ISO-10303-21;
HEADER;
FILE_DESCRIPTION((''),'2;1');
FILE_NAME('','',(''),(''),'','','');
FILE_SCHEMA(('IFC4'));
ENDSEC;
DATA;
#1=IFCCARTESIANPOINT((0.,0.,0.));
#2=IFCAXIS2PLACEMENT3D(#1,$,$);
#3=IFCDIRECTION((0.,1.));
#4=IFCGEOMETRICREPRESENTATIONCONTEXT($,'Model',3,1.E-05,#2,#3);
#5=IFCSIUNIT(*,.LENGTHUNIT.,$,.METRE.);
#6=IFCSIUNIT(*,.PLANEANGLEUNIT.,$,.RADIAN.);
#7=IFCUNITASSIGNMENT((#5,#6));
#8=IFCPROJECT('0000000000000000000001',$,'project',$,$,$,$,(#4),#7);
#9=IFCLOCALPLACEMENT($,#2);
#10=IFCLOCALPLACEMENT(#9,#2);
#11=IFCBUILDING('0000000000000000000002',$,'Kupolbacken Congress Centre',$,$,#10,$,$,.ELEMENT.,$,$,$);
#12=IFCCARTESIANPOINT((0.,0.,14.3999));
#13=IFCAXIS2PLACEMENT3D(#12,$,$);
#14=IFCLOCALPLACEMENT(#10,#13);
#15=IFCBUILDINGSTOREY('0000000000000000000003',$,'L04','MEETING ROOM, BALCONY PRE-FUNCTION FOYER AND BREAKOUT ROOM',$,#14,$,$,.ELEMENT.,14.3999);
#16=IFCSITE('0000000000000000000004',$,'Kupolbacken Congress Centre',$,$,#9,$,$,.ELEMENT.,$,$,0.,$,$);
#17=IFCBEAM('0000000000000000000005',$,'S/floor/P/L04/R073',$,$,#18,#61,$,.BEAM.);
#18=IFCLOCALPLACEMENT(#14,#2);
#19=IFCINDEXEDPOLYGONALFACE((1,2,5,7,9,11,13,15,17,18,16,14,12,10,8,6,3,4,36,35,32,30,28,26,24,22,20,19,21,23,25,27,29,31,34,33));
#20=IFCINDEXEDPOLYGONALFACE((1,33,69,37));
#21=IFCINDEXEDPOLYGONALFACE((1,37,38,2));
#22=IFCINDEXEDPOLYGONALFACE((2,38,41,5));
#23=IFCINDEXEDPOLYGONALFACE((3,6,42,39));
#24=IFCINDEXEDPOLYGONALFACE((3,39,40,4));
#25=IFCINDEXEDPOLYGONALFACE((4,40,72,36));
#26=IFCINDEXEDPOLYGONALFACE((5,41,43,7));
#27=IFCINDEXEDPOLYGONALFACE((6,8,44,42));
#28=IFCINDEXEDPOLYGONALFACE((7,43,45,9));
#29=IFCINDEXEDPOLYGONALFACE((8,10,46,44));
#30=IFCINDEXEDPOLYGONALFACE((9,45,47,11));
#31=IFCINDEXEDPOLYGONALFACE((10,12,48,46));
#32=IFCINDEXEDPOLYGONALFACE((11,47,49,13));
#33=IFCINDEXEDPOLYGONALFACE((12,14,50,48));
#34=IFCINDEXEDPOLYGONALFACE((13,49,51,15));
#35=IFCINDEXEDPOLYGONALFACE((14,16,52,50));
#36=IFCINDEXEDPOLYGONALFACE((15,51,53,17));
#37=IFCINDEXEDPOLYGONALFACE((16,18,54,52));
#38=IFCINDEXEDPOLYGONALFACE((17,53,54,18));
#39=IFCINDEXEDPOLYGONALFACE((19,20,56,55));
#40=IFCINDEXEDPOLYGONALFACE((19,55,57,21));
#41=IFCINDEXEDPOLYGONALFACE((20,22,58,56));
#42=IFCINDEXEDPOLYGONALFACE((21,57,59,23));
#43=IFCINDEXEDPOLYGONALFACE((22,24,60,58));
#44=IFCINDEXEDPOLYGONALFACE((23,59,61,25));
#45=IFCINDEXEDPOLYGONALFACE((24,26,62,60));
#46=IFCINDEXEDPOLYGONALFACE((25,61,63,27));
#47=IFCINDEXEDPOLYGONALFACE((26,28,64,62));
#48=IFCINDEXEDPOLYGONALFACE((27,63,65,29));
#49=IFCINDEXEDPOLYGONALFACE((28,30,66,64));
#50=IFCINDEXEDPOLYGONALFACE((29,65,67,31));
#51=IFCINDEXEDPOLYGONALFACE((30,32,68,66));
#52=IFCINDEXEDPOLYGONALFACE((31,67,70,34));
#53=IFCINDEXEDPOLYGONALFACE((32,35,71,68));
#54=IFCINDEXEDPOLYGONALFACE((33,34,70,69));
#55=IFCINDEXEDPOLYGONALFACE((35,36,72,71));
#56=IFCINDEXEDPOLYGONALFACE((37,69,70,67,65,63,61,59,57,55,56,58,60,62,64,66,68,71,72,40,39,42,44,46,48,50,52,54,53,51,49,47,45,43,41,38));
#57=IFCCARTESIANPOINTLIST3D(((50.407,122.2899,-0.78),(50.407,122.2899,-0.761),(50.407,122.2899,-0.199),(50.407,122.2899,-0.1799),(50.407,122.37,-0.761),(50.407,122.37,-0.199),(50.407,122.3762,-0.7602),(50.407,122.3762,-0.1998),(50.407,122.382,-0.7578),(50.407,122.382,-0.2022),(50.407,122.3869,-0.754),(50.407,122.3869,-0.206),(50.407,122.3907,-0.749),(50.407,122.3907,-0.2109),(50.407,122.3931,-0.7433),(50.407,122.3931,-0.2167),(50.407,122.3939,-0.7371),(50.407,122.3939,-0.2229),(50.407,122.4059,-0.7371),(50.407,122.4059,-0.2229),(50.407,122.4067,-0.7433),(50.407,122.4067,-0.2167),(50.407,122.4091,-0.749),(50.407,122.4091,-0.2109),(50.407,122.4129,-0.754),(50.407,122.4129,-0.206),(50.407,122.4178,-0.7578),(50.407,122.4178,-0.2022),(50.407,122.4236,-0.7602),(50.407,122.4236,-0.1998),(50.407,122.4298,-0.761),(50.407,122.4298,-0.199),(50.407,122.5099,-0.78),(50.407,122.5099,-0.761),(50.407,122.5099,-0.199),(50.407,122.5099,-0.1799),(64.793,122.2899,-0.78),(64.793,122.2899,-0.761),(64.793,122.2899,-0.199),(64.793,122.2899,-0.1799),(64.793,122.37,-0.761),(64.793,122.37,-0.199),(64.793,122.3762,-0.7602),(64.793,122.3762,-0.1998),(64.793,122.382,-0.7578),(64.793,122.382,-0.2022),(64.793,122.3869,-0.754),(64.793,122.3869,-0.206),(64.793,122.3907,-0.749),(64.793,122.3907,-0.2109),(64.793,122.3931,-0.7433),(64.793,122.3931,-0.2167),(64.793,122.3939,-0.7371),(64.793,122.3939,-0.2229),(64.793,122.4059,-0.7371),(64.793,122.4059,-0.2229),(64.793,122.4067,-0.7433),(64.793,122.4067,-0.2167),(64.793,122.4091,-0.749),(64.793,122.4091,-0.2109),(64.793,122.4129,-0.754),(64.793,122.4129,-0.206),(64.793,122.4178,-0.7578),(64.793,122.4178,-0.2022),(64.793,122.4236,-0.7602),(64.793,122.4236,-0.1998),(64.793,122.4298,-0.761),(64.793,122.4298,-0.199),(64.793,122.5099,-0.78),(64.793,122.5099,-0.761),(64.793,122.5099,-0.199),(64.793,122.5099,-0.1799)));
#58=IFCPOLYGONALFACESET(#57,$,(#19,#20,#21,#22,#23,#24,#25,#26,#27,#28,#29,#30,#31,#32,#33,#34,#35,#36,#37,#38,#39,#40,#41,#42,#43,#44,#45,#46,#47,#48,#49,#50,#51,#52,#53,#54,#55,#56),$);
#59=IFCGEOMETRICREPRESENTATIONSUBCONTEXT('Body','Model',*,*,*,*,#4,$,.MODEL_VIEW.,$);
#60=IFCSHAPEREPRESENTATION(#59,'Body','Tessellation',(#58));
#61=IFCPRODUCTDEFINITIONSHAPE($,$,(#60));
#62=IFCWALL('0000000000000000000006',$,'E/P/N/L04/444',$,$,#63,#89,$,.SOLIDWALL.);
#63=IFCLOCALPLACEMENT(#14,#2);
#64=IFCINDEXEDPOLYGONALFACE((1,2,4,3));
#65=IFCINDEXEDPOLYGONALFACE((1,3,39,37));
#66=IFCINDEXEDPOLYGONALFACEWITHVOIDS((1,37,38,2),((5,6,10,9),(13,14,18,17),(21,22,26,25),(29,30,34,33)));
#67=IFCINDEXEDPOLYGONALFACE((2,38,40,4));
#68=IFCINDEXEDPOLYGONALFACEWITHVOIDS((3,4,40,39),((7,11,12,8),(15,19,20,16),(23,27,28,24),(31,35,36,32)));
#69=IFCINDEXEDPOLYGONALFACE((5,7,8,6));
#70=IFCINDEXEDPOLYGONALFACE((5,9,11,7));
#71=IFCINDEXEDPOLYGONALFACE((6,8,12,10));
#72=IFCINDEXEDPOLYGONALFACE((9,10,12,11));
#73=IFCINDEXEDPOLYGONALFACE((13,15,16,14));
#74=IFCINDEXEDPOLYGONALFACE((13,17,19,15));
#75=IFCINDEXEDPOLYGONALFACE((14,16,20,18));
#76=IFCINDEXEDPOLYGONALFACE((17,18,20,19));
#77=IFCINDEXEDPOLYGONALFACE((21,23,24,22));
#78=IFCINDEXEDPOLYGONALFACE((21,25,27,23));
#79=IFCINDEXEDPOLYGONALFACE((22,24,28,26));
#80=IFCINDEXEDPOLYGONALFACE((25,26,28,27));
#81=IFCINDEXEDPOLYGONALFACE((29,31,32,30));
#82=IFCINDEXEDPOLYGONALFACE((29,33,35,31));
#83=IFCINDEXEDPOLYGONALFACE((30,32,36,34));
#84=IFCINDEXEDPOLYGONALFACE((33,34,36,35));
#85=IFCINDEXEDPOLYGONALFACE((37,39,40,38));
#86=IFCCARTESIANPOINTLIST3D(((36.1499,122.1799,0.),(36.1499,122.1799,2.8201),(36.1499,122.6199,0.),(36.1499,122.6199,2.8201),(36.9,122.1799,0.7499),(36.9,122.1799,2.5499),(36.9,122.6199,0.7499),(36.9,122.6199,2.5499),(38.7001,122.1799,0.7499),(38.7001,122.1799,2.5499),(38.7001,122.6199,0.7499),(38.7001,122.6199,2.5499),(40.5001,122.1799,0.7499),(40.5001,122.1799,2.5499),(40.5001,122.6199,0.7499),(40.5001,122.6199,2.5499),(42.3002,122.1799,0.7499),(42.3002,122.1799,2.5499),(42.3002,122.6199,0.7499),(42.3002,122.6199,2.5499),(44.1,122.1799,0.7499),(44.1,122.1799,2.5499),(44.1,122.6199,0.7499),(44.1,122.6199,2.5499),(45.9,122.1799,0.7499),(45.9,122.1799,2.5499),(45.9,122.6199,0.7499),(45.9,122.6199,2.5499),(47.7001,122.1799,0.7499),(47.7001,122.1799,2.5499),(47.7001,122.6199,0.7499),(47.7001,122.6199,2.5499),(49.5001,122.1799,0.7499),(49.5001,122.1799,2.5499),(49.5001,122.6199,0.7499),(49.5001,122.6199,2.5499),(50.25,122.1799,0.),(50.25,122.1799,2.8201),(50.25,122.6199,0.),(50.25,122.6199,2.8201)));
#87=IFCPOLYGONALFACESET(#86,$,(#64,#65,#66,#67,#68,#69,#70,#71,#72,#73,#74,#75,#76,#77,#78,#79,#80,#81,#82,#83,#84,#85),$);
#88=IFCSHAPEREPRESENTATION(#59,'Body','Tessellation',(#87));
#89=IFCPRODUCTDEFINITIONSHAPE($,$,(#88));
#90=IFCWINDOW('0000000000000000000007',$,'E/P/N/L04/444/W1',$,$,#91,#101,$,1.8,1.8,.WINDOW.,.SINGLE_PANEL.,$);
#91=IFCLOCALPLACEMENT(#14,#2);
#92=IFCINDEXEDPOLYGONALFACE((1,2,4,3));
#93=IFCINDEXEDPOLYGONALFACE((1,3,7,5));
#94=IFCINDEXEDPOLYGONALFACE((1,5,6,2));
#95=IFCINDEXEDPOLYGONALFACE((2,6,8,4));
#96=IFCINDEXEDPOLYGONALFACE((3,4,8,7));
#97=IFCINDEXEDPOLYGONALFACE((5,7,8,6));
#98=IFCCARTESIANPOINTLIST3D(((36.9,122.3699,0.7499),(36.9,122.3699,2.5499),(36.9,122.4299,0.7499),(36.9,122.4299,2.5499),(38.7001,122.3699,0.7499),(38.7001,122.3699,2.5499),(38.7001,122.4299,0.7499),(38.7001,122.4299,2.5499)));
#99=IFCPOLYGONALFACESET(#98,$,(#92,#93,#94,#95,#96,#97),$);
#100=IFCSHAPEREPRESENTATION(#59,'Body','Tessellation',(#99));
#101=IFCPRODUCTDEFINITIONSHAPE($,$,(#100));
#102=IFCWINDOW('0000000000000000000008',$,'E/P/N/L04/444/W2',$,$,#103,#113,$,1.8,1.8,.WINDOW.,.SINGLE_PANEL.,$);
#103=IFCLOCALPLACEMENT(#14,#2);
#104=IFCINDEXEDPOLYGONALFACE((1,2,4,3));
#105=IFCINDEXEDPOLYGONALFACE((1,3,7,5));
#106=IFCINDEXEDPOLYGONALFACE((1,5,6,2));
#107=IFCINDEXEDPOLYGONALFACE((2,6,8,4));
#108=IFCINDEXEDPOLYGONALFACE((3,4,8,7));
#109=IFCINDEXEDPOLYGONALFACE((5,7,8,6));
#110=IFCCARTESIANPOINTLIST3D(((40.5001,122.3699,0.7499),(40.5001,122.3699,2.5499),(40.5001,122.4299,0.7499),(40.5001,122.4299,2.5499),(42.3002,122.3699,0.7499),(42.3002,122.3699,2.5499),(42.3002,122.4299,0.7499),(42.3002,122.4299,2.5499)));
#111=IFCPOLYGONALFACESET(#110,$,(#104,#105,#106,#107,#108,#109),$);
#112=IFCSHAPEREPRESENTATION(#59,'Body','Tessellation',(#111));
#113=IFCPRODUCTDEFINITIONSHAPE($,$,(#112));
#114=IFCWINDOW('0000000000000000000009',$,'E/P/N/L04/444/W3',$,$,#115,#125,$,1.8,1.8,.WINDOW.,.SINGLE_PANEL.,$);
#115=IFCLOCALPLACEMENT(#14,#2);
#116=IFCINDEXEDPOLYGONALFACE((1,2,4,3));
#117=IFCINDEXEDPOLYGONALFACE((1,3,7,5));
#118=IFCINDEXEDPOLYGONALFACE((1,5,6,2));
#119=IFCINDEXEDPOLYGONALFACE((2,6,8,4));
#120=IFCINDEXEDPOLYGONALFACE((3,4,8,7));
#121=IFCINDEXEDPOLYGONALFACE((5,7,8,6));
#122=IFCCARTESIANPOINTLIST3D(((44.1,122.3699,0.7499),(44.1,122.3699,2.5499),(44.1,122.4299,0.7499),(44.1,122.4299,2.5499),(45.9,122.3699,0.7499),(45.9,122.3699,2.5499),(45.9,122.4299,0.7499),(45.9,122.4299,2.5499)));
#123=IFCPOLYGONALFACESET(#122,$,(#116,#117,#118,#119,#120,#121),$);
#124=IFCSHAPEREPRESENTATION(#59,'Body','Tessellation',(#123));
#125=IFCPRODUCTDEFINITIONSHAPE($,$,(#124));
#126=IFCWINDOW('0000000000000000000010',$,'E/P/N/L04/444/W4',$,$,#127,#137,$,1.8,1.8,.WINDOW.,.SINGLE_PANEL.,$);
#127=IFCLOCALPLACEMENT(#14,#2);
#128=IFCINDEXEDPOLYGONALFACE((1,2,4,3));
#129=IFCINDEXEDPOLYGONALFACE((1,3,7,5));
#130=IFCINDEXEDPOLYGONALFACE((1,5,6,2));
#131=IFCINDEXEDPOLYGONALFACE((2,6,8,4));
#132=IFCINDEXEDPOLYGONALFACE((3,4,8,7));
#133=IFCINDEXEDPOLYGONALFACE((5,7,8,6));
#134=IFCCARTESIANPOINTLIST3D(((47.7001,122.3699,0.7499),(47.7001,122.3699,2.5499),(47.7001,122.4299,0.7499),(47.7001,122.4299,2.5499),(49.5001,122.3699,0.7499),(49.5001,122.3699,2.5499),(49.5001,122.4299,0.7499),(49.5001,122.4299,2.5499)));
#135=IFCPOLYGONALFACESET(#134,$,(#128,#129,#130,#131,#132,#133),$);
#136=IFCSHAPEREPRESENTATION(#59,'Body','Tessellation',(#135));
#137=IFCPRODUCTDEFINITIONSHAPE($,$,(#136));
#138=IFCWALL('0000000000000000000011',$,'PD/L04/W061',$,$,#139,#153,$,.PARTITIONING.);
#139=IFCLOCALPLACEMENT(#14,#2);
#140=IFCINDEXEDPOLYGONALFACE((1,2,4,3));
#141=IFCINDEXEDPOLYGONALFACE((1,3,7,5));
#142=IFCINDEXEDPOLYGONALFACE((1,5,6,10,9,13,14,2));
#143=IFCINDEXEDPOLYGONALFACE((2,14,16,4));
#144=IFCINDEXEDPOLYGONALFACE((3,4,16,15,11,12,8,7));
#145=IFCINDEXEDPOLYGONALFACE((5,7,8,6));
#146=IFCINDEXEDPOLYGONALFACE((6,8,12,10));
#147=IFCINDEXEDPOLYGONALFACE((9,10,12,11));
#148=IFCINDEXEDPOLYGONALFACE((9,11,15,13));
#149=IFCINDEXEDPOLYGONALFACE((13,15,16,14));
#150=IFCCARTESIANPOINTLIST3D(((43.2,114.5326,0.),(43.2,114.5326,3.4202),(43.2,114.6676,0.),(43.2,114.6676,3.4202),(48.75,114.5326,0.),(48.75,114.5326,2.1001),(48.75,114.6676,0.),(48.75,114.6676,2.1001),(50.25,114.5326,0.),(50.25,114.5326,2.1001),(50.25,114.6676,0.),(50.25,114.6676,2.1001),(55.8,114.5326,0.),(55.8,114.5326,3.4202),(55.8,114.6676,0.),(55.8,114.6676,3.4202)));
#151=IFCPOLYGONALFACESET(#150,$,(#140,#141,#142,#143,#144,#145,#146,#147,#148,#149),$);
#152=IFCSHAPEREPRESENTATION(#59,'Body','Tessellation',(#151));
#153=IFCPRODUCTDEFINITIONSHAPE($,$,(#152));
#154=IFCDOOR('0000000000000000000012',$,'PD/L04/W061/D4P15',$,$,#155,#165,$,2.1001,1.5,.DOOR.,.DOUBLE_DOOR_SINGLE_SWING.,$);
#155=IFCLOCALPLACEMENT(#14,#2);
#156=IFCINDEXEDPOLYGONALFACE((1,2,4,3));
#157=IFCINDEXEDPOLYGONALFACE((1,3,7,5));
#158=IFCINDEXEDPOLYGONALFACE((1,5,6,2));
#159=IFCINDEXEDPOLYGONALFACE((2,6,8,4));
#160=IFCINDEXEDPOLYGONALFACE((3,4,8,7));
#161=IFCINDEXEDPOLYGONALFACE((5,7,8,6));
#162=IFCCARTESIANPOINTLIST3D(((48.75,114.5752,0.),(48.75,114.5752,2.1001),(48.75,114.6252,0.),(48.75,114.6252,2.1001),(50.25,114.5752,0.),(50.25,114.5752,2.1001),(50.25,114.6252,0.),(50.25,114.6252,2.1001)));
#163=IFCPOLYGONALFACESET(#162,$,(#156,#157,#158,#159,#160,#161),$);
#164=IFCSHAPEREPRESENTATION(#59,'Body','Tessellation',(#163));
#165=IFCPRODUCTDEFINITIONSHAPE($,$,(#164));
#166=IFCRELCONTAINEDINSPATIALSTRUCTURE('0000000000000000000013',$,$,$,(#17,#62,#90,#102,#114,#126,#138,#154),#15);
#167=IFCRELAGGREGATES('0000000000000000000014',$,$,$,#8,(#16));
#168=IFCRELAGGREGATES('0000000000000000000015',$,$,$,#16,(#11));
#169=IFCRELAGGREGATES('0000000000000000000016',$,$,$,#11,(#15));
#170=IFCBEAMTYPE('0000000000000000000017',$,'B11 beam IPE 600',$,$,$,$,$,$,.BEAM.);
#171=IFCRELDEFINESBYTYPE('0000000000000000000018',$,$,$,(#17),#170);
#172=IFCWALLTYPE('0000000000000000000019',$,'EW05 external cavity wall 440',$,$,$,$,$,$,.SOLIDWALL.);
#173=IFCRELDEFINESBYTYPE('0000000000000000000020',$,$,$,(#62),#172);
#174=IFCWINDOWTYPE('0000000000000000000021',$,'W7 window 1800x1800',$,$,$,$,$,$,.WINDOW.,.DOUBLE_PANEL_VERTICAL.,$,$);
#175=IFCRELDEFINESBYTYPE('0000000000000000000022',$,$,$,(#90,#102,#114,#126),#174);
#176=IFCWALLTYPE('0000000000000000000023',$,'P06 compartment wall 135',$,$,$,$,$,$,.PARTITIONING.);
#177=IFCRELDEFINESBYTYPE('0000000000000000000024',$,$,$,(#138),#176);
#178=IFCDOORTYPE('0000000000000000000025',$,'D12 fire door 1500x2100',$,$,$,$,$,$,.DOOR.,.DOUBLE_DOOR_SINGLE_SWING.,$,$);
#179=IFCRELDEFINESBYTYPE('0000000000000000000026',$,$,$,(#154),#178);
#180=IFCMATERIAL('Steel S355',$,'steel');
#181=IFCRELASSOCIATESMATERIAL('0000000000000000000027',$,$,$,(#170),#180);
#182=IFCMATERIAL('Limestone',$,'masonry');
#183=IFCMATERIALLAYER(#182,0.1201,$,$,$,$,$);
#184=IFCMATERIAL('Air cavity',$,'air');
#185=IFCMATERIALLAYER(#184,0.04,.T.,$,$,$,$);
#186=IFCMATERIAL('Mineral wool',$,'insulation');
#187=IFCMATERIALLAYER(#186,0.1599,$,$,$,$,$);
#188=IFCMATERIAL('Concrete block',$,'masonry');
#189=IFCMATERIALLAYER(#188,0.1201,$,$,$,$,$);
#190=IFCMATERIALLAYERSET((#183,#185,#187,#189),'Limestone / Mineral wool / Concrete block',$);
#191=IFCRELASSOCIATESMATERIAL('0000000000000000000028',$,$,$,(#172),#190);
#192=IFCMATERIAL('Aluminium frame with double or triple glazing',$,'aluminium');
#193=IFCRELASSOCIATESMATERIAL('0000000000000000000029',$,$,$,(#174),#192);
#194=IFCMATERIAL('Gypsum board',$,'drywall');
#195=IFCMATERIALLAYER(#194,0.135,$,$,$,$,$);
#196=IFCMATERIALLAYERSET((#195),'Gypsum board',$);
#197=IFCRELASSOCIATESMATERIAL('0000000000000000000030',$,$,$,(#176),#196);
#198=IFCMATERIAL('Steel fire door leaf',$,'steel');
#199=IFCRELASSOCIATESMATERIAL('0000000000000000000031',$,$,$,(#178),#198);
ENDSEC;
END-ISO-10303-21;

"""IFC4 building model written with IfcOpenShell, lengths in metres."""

from ifc_helpers import new_model, si_unit, direction, frame, frame_2d, origin, origin_2d, place, context, subcontext, project, spatial, rectangle, i_section, extrude, material, layer, layer_set, material_profile, profile_set, type_object, element, fill, save


model = new_model("IFC4")

# Units and contexts
model_context = context("Model", 3, precision=1e-05, world=origin(), true_north=direction((0.0, 1.0)))
body_context = subcontext(model_context, "Body", "Model", "MODEL_VIEW")
ifc_project = project(units=[si_unit("LENGTHUNIT", "METRE"), si_unit("PLANEANGLEUNIT", "RADIAN")], contexts=[model_context])

# Site, building, storey
site_placement = place(None, origin())
site = spatial("IfcSite", under=ifc_project, at=site_placement, Name="Kupolbacken Congress Centre", CompositionType="ELEMENT", RefElevation=0.0)
building_placement = place(site_placement, origin())
building = spatial("IfcBuilding", under=site, at=building_placement, Name="Kupolbacken Congress Centre", CompositionType="ELEMENT")
storey_placement = place(building_placement, frame((0.0, 0.0, 14.3999)))
storey = spatial("IfcBuildingStorey", under=building, at=storey_placement, Name="L04", Description="MEETING ROOM, BALCONY PRE-FUNCTION FOYER AND BREAKOUT ROOM", CompositionType="ELEMENT", Elevation=14.3999)

# Beam
ifc_material_1 = material(Name="Steel S355", Category="steel")
ifc_material_profile_1 = material_profile(ifc_material_1, i_section(OverallWidth=0.22, OverallDepth=0.6001, WebThickness=0.012, FlangeThickness=0.019, FilletRadius=0.0239, at=origin_2d()), Name="IPE 600")
ifc_profile_set_1 = profile_set([ifc_material_profile_1], Name="Steel S355")
beam_type_1 = type_object("IfcBeamType", Name="B11 beam IPE 600", PredefinedType="BEAM", material=ifc_profile_set_1)
beam_1_placement = place(storey_placement, frame((50.407, 122.3999, -0.48), z_axis=(1.0, 0.0, 0.0), x_axis=(0.0, 1.0, 0.0)))
element("IfcBeam", 1, at=beam_1_placement, inside=storey, type_object=beam_type_1, Name="S/floor/P/L04/R073", PredefinedType="BEAM", context=body_context, shape_type="SweptSolid", body=[
    extrude(i_section(OverallWidth=0.22, OverallDepth=0.6001, WebThickness=0.012, FlangeThickness=0.019, FilletRadius=0.0239, at=origin_2d()), origin(), (0.0, 0.0, 1.0), 14.386),
])

# Wall, openings, windows
ifc_material_2 = material(Name="Limestone", Category="masonry")
ifc_layer_1 = layer(ifc_material_2, 0.1201)
ifc_material_3 = material(Name="Air cavity", Category="air")
ifc_layer_2 = layer(ifc_material_3, 0.04, ventilated=True)
ifc_material_4 = material(Name="Mineral wool", Category="insulation")
ifc_layer_3 = layer(ifc_material_4, 0.1599)
ifc_material_5 = material(Name="Concrete block", Category="masonry")
ifc_layer_4 = layer(ifc_material_5, 0.1201)
ifc_layer_set_1 = layer_set([ifc_layer_1, ifc_layer_2, ifc_layer_3, ifc_layer_4], Name="Limestone / Mineral wool / Concrete block")
wall_type_1 = type_object("IfcWallType", Name="EW05 external cavity wall 440", PredefinedType="SOLIDWALL", material=ifc_layer_set_1)
wall_1_placement = place(storey_placement, frame((50.25, 122.3999, 0.0), z_axis=(0.0, 0.0, 1.0), x_axis=(-1.0, 0.0, 0.0)))
wall_1 = element("IfcWall", 2, at=wall_1_placement, inside=storey, type_object=wall_type_1, Name="E/P/N/L04/444", PredefinedType="SOLIDWALL", context=body_context, shape_type="SweptSolid", body=[
    extrude(rectangle(XDim=14.1001, YDim=0.4399, at=frame_2d((7.05, 0.0))), origin(), (0.0, 0.0, 1.0), 2.8201),
])
opening_1_placement = place(wall_1_placement, frame((11.55, 0.0, 0.75)))
opening_1 = element("IfcOpeningElement", 3, at=opening_1_placement, cuts=wall_1, PredefinedType="OPENING", context=body_context, shape_type="SweptSolid", body=[
    extrude(rectangle(XDim=1.8, YDim=1.8, at=frame_2d((0.8999, 0.8999))), frame((0.0, 0.23, 0.0), z_axis=(0.0, -1.0, 0.0), x_axis=(1.0, 0.0, 0.0)), (0.0, 0.0, 1.0), 0.46),
])
opening_2_placement = place(wall_1_placement, frame((7.95, 0.0, 0.75)))
opening_2 = element("IfcOpeningElement", 4, at=opening_2_placement, cuts=wall_1, PredefinedType="OPENING", context=body_context, shape_type="SweptSolid", body=[
    extrude(rectangle(XDim=1.8, YDim=1.8, at=frame_2d((0.8999, 0.8999))), frame((0.0, 0.23, 0.0), z_axis=(0.0, -1.0, 0.0), x_axis=(1.0, 0.0, 0.0)), (0.0, 0.0, 1.0), 0.46),
])
opening_3_placement = place(wall_1_placement, frame((4.3501, 0.0, 0.75)))
opening_3 = element("IfcOpeningElement", 5, at=opening_3_placement, cuts=wall_1, PredefinedType="OPENING", context=body_context, shape_type="SweptSolid", body=[
    extrude(rectangle(XDim=1.8, YDim=1.8, at=frame_2d((0.8999, 0.8999))), frame((0.0, 0.23, 0.0), z_axis=(0.0, -1.0, 0.0), x_axis=(1.0, 0.0, 0.0)), (0.0, 0.0, 1.0), 0.46),
])
opening_4_placement = place(wall_1_placement, frame((0.75, 0.0, 0.75)))
opening_4 = element("IfcOpeningElement", 6, at=opening_4_placement, cuts=wall_1, PredefinedType="OPENING", context=body_context, shape_type="SweptSolid", body=[
    extrude(rectangle(XDim=1.8, YDim=1.8, at=frame_2d((0.8999, 0.8999))), frame((0.0, 0.23, 0.0), z_axis=(0.0, -1.0, 0.0), x_axis=(1.0, 0.0, 0.0)), (0.0, 0.0, 1.0), 0.46),
])
ifc_material_6 = material(Name="Aluminium frame with double or triple glazing", Category="aluminium")
window_type = type_object("IfcWindowType", Name="W7 window 1800x1800", PartitioningType="DOUBLE_PANEL_VERTICAL", PredefinedType="WINDOW", material=ifc_material_6)
window_1_placement = place(opening_1_placement, origin())
window_1 = element("IfcWindow", 7, at=window_1_placement, inside=storey, type_object=window_type, Name="E/P/N/L04/444/W1", OverallHeight=1.8, OverallWidth=1.8, PartitioningType="SINGLE_PANEL", PredefinedType="WINDOW", context=body_context, shape_type="SweptSolid", body=[
    extrude(rectangle(XDim=1.8, YDim=1.8, at=frame_2d((0.8999, 0.8999))), frame((0.0, 0.03, 0.0), z_axis=(0.0, -1.0, 0.0), x_axis=(1.0, 0.0, 0.0)), (0.0, 0.0, 1.0), 0.0601),
])
fill(opening_1, window_1)
window_2_placement = place(opening_2_placement, origin())
window_2 = element("IfcWindow", 8, at=window_2_placement, inside=storey, type_object=window_type, Name="E/P/N/L04/444/W2", OverallHeight=1.8, OverallWidth=1.8, PartitioningType="SINGLE_PANEL", PredefinedType="WINDOW", context=body_context, shape_type="SweptSolid", body=[
    extrude(rectangle(XDim=1.8, YDim=1.8, at=frame_2d((0.8999, 0.8999))), frame((0.0, 0.03, 0.0), z_axis=(0.0, -1.0, 0.0), x_axis=(1.0, 0.0, 0.0)), (0.0, 0.0, 1.0), 0.0601),
])
fill(opening_2, window_2)
window_3_placement = place(opening_3_placement, origin())
window_3 = element("IfcWindow", 9, at=window_3_placement, inside=storey, type_object=window_type, Name="E/P/N/L04/444/W3", OverallHeight=1.8, OverallWidth=1.8, PartitioningType="SINGLE_PANEL", PredefinedType="WINDOW", context=body_context, shape_type="SweptSolid", body=[
    extrude(rectangle(XDim=1.8, YDim=1.8, at=frame_2d((0.8999, 0.8999))), frame((0.0, 0.03, 0.0), z_axis=(0.0, -1.0, 0.0), x_axis=(1.0, 0.0, 0.0)), (0.0, 0.0, 1.0), 0.0601),
])
fill(opening_3, window_3)
window_4_placement = place(opening_4_placement, origin())
window_4 = element("IfcWindow", 10, at=window_4_placement, inside=storey, type_object=window_type, Name="E/P/N/L04/444/W4", OverallHeight=1.8, OverallWidth=1.8, PartitioningType="SINGLE_PANEL", PredefinedType="WINDOW", context=body_context, shape_type="SweptSolid", body=[
    extrude(rectangle(XDim=1.8, YDim=1.8, at=frame_2d((0.8999, 0.8999))), frame((0.0, 0.03, 0.0), z_axis=(0.0, -1.0, 0.0), x_axis=(1.0, 0.0, 0.0)), (0.0, 0.0, 1.0), 0.0601),
])
fill(opening_4, window_4)

# Wall, opening, door
ifc_material_7 = material(Name="Gypsum board", Category="drywall")
ifc_layer_5 = layer(ifc_material_7, 0.135)
ifc_layer_set_2 = layer_set([ifc_layer_5], Name="Gypsum board")
wall_type_2 = type_object("IfcWallType", Name="P06 compartment wall 135", PredefinedType="PARTITIONING", material=ifc_layer_set_2)
wall_2_placement = place(storey_placement, frame((55.8, 114.6001, 0.0), z_axis=(0.0, 0.0, 1.0), x_axis=(-1.0, 0.0, 0.0)))
wall_2 = element("IfcWall", 11, at=wall_2_placement, inside=storey, type_object=wall_type_2, Name="PD/L04/W061", PredefinedType="PARTITIONING", context=body_context, shape_type="SweptSolid", body=[
    extrude(rectangle(XDim=12.6001, YDim=0.135, at=frame_2d((6.3, 0.0))), origin(), (0.0, 0.0, 1.0), 3.4202),
])
opening_5_placement = place(wall_2_placement, frame((5.55, 0.0, 0.0)))
opening_5 = element("IfcOpeningElement", 12, at=opening_5_placement, cuts=wall_2, PredefinedType="OPENING", context=body_context, shape_type="SweptSolid", body=[
    extrude(rectangle(XDim=1.5, YDim=2.1001, at=frame_2d((0.75, 1.05))), frame((0.0, 0.0774, 0.0), z_axis=(0.0, -1.0, 0.0), x_axis=(1.0, 0.0, 0.0)), (0.0, 0.0, 1.0), 0.155),
])
ifc_material_8 = material(Name="Steel fire door leaf", Category="steel")
door_type = type_object("IfcDoorType", Name="D12 fire door 1500x2100", OperationType="DOUBLE_DOOR_SINGLE_SWING", PredefinedType="DOOR", material=ifc_material_8)
door_placement = place(opening_5_placement, origin())
door = element("IfcDoor", 13, at=door_placement, inside=storey, type_object=door_type, Name="PD/L04/W061/D4P15", OperationType="DOUBLE_DOOR_SINGLE_SWING", OverallHeight=2.1001, OverallWidth=1.5, PredefinedType="DOOR", context=body_context, shape_type="SweptSolid", body=[
    extrude(rectangle(XDim=1.5, YDim=2.1001, at=frame_2d((0.75, 1.05))), frame((0.0, 0.0249, 0.0), z_axis=(0.0, -1.0, 0.0), x_axis=(1.0, 0.0, 0.0)), (0.0, 0.0, 1.0), 0.05),
])
fill(opening_5, door)

save(model, "model.ifc")
